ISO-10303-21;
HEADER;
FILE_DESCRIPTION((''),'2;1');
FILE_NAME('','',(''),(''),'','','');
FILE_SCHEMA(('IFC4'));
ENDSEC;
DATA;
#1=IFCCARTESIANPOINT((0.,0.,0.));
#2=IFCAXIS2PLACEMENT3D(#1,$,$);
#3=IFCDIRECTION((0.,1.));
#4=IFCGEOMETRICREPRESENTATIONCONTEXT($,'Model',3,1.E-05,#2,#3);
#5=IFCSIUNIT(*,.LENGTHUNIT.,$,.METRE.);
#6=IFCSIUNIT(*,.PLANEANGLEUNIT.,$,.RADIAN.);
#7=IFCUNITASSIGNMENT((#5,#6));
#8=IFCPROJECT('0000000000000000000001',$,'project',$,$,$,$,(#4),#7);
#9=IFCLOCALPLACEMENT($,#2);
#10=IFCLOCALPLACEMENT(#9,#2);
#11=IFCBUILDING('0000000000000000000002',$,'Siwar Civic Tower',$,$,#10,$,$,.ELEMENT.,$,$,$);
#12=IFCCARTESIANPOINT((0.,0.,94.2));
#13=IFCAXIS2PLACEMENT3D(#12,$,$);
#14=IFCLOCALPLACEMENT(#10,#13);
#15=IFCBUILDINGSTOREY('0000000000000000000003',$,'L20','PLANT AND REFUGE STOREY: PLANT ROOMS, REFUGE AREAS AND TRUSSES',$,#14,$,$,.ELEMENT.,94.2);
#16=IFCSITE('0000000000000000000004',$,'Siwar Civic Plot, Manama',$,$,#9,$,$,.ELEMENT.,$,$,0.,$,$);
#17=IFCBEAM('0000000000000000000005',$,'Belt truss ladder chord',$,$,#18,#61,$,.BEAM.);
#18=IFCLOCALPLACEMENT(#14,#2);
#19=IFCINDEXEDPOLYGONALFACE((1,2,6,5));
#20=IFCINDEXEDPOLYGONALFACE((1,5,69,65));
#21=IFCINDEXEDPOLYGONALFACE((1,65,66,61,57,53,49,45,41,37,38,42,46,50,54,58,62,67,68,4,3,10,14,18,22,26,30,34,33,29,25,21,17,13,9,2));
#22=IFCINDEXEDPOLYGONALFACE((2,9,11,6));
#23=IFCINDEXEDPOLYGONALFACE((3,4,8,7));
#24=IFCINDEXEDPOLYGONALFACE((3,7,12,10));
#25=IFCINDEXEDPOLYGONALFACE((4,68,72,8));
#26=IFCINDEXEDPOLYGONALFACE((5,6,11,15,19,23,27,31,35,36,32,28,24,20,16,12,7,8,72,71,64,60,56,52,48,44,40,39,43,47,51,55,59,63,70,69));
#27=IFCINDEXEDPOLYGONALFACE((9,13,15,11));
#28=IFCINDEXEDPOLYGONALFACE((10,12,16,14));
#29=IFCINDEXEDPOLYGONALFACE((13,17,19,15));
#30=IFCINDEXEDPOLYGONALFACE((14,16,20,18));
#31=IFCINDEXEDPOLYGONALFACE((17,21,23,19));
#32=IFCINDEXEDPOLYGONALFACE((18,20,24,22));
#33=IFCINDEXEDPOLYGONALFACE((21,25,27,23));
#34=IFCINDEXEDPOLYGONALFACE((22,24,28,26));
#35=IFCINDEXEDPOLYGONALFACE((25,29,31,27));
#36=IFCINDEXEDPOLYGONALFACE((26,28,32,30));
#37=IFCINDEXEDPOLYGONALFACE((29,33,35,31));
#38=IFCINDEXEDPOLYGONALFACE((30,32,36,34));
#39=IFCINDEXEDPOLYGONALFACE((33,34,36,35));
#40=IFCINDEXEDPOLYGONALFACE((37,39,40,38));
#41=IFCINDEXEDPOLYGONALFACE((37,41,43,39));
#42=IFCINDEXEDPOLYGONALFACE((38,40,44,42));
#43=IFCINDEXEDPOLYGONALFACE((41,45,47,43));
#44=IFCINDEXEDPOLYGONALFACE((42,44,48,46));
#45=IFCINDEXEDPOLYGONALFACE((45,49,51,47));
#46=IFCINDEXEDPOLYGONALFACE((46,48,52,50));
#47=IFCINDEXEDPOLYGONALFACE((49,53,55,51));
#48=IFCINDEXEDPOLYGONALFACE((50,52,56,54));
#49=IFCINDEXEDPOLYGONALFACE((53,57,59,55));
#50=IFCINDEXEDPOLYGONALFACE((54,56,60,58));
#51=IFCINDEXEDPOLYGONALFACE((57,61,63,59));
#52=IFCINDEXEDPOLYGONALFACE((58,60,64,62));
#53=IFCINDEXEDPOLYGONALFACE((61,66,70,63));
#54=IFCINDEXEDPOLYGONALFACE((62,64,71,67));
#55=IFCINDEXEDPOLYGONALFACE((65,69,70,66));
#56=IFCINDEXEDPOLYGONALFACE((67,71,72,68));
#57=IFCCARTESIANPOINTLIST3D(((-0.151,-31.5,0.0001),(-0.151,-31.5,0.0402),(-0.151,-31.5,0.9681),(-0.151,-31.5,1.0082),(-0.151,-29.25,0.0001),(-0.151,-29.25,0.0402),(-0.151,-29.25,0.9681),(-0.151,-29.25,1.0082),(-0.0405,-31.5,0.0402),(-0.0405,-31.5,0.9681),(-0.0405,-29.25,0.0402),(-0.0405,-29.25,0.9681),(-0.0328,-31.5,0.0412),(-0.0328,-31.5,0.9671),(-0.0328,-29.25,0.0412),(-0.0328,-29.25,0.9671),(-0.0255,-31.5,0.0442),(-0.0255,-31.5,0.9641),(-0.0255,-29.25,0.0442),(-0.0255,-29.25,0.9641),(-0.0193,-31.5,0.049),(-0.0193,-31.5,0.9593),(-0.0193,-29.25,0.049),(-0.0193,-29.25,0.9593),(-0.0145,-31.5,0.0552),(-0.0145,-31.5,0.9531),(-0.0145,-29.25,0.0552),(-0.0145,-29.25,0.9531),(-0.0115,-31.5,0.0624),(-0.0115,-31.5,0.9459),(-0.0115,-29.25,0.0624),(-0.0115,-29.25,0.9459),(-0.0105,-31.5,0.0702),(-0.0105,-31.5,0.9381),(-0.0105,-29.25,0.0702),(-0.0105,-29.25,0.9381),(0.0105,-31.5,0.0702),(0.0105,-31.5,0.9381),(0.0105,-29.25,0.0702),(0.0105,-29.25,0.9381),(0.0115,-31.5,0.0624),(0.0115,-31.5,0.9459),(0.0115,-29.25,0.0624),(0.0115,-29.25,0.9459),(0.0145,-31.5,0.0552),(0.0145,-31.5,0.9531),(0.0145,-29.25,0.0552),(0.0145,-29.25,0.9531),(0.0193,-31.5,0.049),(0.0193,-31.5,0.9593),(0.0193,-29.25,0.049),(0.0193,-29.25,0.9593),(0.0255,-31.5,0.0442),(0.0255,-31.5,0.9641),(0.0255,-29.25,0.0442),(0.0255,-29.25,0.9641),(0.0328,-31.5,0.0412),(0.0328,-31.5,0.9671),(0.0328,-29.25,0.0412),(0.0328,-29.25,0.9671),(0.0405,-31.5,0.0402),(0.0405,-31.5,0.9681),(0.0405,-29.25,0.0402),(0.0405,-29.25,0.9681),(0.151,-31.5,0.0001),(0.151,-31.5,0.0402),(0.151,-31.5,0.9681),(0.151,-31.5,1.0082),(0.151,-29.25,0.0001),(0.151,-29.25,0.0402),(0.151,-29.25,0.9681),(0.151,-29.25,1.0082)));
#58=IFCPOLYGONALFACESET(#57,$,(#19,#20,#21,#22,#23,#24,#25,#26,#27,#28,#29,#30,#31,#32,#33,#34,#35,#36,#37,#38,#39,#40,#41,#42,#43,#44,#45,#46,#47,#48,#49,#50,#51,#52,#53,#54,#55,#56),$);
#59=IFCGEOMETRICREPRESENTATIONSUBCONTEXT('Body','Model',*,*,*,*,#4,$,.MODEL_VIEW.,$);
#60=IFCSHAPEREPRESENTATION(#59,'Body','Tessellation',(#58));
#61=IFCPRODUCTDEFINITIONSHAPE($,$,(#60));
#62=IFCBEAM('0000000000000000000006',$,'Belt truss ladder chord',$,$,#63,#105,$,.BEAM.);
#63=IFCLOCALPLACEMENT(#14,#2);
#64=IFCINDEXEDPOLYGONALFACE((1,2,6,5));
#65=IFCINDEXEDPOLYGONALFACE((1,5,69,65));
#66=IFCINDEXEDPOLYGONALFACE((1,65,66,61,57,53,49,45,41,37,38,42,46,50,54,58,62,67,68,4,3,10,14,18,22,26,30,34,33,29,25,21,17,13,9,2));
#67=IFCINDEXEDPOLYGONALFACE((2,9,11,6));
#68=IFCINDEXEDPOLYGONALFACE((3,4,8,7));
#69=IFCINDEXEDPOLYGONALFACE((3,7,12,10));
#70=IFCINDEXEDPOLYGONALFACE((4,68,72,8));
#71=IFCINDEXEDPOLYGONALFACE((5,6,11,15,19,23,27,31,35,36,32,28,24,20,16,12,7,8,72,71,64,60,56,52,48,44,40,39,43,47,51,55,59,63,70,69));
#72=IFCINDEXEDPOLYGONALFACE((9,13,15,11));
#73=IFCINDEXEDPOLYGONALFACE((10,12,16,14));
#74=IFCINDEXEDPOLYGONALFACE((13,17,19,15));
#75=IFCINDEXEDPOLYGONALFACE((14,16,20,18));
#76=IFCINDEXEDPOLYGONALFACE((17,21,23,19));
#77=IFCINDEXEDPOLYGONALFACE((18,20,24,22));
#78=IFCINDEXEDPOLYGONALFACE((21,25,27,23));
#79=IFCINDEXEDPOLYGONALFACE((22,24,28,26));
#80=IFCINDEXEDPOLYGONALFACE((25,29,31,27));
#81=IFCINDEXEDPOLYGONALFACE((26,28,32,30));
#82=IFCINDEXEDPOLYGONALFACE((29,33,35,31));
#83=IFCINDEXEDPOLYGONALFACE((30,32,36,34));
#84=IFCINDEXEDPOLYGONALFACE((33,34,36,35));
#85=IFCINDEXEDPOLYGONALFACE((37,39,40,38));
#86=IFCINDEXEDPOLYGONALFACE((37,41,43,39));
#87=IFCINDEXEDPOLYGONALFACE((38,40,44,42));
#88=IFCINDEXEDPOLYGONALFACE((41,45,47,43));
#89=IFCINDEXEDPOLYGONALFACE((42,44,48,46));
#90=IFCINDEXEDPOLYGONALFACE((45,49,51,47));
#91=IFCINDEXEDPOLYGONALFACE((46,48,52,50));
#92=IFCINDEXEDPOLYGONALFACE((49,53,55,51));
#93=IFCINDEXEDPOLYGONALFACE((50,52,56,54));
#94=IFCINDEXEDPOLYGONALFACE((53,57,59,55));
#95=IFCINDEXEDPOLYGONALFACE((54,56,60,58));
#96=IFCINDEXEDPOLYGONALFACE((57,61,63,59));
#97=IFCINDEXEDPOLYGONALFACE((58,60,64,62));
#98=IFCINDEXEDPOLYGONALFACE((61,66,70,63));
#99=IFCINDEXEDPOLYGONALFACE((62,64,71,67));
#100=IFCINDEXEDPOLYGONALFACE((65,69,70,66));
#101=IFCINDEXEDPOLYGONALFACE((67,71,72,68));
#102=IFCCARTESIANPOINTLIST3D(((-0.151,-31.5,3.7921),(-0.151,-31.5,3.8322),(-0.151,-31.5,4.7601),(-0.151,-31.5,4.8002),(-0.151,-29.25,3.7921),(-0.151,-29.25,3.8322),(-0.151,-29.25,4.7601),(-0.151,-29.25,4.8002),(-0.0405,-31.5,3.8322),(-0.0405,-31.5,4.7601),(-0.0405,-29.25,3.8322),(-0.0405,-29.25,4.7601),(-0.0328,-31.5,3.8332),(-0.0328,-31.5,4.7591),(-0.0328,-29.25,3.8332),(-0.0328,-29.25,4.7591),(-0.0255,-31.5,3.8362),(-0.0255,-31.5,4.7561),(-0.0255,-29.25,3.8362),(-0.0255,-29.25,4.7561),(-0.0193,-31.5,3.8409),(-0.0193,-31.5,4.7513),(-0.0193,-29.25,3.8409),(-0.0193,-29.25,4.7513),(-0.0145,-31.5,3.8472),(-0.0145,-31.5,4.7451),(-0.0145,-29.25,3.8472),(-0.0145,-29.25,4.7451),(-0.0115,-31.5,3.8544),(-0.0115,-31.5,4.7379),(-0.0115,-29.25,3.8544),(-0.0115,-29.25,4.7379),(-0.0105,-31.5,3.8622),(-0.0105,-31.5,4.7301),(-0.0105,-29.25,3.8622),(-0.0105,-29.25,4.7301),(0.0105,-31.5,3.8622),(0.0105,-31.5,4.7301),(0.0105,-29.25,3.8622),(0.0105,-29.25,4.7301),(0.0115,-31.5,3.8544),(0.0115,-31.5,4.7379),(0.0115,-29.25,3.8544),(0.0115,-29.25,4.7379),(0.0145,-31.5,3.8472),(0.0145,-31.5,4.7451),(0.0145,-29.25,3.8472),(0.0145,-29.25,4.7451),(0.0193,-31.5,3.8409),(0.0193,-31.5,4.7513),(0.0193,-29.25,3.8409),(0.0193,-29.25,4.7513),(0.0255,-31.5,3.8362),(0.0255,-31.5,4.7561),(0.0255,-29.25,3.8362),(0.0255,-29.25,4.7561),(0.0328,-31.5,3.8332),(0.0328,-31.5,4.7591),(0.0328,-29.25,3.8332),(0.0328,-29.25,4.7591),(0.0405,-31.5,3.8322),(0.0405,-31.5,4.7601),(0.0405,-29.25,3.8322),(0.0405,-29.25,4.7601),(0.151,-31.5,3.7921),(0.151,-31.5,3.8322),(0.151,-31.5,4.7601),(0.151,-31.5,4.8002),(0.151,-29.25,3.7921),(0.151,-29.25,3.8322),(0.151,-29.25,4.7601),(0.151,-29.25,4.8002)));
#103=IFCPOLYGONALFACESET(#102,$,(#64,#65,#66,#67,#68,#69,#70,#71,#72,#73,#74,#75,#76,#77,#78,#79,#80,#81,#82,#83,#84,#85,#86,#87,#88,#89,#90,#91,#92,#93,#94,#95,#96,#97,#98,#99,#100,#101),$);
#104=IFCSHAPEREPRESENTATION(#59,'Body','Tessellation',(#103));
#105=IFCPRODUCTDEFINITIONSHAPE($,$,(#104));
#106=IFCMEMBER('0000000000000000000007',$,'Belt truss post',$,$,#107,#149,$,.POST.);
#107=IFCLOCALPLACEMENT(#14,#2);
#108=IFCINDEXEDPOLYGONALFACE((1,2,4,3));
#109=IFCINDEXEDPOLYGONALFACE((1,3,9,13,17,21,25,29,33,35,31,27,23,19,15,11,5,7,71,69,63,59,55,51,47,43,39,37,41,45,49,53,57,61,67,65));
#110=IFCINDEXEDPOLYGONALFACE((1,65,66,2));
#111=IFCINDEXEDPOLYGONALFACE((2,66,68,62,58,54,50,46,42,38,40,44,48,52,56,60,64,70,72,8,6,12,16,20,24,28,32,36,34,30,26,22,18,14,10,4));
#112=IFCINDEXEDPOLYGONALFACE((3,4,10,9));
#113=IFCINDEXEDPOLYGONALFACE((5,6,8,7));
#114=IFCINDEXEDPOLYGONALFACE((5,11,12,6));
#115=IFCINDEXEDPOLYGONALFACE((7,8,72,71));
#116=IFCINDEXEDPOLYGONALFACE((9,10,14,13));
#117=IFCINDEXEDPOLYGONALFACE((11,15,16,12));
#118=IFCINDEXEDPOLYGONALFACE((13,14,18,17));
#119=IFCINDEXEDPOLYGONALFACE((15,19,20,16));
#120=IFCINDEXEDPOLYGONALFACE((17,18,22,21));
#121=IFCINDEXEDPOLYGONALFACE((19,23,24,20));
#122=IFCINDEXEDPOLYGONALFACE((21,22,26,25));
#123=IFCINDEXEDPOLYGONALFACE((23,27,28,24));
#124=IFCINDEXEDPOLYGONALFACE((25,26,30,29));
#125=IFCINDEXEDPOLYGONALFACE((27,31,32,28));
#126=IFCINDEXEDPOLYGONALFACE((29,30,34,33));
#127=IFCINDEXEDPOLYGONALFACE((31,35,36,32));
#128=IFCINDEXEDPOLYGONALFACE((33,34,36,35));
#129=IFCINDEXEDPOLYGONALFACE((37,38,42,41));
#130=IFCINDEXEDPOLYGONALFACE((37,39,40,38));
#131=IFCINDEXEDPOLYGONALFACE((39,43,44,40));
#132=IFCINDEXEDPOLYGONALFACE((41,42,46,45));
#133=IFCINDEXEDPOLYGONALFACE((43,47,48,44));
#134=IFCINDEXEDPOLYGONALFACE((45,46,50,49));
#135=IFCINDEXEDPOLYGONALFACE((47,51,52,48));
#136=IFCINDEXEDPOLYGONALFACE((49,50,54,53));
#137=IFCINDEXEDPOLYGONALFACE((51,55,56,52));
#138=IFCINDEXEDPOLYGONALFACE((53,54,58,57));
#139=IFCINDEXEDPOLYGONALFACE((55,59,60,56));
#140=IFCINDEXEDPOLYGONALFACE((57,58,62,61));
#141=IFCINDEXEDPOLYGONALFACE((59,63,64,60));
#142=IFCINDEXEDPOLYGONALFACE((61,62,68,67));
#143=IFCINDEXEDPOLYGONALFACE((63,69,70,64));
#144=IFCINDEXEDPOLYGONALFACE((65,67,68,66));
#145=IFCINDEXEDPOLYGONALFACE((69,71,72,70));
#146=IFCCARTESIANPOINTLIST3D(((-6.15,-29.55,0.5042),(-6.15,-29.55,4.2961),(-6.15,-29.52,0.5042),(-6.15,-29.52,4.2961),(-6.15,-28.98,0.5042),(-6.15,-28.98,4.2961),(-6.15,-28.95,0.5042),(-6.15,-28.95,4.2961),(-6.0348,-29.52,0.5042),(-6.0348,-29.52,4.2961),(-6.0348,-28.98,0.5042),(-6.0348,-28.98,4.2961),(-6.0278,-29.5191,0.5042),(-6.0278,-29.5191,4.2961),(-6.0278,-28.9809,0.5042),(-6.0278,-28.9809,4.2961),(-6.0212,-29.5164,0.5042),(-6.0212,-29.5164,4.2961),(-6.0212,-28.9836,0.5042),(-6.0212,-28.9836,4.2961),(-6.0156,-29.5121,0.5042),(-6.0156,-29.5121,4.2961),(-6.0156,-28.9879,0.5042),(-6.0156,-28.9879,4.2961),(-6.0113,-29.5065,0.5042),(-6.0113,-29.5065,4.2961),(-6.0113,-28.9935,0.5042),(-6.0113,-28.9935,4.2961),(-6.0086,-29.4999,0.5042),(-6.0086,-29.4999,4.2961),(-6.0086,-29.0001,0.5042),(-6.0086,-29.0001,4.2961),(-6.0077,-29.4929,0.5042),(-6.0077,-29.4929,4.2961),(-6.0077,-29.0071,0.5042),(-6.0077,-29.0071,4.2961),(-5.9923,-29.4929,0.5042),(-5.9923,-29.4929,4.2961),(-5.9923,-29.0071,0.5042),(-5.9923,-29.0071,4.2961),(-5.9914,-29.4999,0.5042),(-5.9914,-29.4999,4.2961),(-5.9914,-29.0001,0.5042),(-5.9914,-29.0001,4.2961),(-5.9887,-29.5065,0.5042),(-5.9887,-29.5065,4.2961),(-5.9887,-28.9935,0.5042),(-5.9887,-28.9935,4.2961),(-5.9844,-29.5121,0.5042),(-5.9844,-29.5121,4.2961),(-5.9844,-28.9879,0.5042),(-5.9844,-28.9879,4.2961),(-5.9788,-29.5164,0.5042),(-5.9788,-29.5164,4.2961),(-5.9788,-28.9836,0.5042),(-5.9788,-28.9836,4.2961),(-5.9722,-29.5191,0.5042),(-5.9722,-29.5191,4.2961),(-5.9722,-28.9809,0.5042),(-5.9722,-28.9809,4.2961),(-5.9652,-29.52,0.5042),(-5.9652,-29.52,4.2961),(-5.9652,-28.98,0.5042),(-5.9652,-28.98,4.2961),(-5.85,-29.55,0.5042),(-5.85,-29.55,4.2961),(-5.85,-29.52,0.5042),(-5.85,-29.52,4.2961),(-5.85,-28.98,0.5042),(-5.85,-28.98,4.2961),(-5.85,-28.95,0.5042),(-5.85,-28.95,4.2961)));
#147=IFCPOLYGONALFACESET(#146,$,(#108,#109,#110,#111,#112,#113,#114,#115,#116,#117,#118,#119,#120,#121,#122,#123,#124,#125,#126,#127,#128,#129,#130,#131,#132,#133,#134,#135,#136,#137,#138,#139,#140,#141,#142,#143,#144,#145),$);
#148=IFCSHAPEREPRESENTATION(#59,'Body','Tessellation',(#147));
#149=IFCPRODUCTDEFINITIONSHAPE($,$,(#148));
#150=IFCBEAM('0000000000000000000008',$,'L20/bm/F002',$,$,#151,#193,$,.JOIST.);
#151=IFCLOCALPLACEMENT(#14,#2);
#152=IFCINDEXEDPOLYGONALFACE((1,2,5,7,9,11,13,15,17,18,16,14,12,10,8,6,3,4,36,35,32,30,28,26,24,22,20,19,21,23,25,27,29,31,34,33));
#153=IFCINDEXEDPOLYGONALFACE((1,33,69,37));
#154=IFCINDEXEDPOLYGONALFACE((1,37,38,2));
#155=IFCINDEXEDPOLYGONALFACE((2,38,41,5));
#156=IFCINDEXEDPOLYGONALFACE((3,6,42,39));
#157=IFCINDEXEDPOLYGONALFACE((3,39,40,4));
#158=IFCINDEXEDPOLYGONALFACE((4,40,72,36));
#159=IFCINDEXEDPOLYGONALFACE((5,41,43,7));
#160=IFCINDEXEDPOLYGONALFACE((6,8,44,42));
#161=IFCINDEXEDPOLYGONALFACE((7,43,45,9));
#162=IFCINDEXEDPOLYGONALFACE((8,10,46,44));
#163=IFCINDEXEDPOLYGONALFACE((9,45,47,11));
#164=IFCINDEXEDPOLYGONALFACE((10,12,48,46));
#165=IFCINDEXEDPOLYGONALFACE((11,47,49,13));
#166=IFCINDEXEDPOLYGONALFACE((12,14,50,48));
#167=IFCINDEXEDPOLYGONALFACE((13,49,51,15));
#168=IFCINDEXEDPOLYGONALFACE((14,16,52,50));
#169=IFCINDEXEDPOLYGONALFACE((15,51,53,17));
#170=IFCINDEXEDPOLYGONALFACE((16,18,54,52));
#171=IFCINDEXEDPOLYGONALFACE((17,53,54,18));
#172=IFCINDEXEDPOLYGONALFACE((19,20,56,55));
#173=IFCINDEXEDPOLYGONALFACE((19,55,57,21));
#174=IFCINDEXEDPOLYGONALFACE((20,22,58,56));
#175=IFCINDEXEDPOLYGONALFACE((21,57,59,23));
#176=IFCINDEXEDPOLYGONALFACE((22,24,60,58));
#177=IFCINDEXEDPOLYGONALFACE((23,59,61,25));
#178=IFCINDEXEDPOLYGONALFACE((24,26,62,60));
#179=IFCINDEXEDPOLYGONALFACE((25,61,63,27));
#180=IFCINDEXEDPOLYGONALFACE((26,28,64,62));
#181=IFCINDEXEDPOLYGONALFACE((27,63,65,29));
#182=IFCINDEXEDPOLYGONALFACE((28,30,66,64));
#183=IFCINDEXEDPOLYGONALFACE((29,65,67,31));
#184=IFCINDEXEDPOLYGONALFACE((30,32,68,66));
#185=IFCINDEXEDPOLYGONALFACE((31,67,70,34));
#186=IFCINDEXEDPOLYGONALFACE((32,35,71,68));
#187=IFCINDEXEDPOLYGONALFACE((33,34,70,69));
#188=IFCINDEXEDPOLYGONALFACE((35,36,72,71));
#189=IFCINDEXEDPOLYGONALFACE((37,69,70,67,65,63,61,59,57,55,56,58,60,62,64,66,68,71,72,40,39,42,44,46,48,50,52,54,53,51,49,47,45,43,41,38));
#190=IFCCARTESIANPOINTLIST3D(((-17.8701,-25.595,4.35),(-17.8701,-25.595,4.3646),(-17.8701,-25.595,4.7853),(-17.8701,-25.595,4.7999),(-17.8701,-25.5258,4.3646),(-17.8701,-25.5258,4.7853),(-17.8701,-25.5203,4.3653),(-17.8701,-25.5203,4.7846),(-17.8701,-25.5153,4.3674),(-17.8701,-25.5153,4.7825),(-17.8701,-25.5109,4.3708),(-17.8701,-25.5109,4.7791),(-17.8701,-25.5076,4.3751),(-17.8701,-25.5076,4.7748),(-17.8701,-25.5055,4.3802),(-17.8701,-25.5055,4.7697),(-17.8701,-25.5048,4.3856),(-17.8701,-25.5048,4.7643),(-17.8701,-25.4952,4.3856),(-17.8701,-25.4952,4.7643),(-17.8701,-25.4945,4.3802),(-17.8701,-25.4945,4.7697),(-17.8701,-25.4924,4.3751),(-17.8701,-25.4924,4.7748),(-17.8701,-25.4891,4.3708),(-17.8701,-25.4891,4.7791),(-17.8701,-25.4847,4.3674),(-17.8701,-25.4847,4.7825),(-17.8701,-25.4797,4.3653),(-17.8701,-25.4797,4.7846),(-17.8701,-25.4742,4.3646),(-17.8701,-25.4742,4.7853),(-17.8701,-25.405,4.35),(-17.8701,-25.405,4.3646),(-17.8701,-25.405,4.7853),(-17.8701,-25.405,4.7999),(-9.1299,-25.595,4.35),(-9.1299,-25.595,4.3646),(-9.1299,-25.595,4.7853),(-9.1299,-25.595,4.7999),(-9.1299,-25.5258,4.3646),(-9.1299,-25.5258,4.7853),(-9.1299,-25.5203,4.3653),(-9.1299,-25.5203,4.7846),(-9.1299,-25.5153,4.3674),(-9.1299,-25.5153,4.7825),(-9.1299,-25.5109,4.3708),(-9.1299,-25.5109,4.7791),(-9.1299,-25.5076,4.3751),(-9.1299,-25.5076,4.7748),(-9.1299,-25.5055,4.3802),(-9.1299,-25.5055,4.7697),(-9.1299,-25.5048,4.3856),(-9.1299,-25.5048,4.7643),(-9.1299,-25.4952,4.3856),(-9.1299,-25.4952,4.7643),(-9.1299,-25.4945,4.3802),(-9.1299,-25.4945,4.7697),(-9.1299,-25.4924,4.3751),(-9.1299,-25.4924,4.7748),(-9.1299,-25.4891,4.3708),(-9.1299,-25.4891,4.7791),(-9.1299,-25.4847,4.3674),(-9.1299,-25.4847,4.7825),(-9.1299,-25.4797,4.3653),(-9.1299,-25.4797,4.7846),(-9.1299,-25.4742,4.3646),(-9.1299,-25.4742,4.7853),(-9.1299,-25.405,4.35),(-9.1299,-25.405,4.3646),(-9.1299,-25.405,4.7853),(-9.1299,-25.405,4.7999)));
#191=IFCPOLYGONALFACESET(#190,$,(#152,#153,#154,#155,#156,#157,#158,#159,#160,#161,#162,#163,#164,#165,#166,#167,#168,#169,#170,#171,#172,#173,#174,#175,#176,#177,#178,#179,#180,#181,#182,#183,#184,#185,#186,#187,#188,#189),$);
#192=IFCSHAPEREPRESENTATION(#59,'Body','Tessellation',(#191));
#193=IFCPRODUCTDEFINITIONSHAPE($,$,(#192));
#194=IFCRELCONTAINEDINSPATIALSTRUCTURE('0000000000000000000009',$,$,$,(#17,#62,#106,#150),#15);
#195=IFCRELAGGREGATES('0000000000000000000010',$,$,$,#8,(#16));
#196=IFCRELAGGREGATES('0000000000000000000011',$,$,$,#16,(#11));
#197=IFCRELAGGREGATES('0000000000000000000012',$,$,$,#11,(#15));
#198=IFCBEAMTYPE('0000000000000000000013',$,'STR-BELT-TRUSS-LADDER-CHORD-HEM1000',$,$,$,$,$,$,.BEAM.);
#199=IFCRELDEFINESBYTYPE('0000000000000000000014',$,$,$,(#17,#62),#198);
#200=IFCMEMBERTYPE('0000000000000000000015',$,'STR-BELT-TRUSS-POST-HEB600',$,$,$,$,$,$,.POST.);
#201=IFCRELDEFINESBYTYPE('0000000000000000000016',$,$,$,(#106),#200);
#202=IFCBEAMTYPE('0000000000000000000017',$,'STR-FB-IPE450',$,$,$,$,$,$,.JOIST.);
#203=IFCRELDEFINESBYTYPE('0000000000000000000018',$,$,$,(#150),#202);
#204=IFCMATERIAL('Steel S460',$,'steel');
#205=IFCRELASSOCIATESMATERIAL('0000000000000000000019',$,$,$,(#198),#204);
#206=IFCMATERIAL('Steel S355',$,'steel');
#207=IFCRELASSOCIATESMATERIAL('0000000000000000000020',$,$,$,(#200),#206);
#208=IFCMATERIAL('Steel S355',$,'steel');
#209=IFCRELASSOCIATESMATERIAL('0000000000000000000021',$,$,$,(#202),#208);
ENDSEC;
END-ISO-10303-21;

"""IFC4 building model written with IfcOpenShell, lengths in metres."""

from ifc_helpers import new_model, si_unit, direction, frame, origin, origin_2d, place, context, subcontext, project, spatial, i_section, extrude, material, material_profile, profile_set, type_object, element, save


model = new_model("IFC4")

# Units and contexts
model_context = context("Model", 3, precision=1e-05, world=origin(), true_north=direction((0.0, 1.0)))
body_context = subcontext(model_context, "Body", "Model", "MODEL_VIEW")
ifc_project = project(units=[si_unit("LENGTHUNIT", "METRE"), si_unit("PLANEANGLEUNIT", "RADIAN")], contexts=[model_context])

# Site, building, storey
site_placement = place(None, origin())
site = spatial("IfcSite", under=ifc_project, at=site_placement, Name="Siwar Civic Plot, Manama", CompositionType="ELEMENT", RefElevation=0.0)
building_placement = place(site_placement, origin())
building = spatial("IfcBuilding", under=site, at=building_placement, Name="Siwar Civic Tower", CompositionType="ELEMENT")
storey_placement = place(building_placement, frame((0.0, 0.0, 94.2)))
storey = spatial("IfcBuildingStorey", under=building, at=storey_placement, Name="L20", Description="PLANT AND REFUGE STOREY: PLANT ROOMS, REFUGE AREAS AND TRUSSES", CompositionType="ELEMENT", Elevation=94.2)

# Beams
ifc_material_1 = material(Name="Steel S460", Category="steel")
ifc_material_profile_1 = material_profile(ifc_material_1, i_section(OverallWidth=0.302, OverallDepth=1.0081, WebThickness=0.021, FlangeThickness=0.04, FilletRadius=0.03, at=origin_2d()), Name="HEM1000")
ifc_profile_set_1 = profile_set([ifc_material_profile_1], Name="Steel S460")
beam_type_1 = type_object("IfcBeamType", Name="STR-BELT-TRUSS-LADDER-CHORD-HEM1000", PredefinedType="BEAM", material=ifc_profile_set_1)
for number, where, z_axis, x_axis, name in (
    (1, (0.0, -29.25, 0.5042), (0.0, -1.0, 0.0), (1.0, 0.0, 0.0), "Belt truss ladder chord"),
    (2, (0.0, -29.25, 4.2961), (0.0, -1.0, 0.0), (1.0, 0.0, 0.0), "Belt truss ladder chord"),
):
    element("IfcBeam", number, at=place(storey_placement, frame(where, z_axis=z_axis, x_axis=x_axis)), inside=storey, type_object=beam_type_1, Name=name, PredefinedType="BEAM", context=body_context, shape_type="SweptSolid", body=[
        extrude(i_section(OverallWidth=0.302, OverallDepth=1.0081, WebThickness=0.021, FlangeThickness=0.04, FilletRadius=0.03, at=origin_2d()), origin(), (0.0, 0.0, 1.0), 2.25),
    ])

# Member
ifc_material_2 = material(Name="Steel S355", Category="steel")
ifc_material_profile_2 = material_profile(ifc_material_2, i_section(OverallWidth=0.3, OverallDepth=0.6001, WebThickness=0.0154, FlangeThickness=0.03, FilletRadius=0.0271, at=origin_2d()), Name="HEB600")
ifc_profile_set_2 = profile_set([ifc_material_profile_2], Name="Steel S355")
member_type_1 = type_object("IfcMemberType", Name="STR-BELT-TRUSS-POST-HEB600", PredefinedType="POST", material=ifc_profile_set_2)
member_1_placement = place(storey_placement, frame((-6.0, -29.25, 0.5042), z_axis=(0.0, 0.0, 1.0), x_axis=(1.0, 0.0, 0.0)))
element("IfcMember", 3, at=member_1_placement, inside=storey, type_object=member_type_1, Name="Belt truss post", PredefinedType="POST", context=body_context, shape_type="SweptSolid", body=[
    extrude(i_section(OverallWidth=0.3, OverallDepth=0.6001, WebThickness=0.0154, FlangeThickness=0.03, FilletRadius=0.0271, at=origin_2d()), origin(), (0.0, 0.0, 1.0), 3.792),
])

# Beam
ifc_material_3 = material(Name="Steel S355", Category="steel")
ifc_material_profile_3 = material_profile(ifc_material_3, i_section(OverallWidth=0.1899, OverallDepth=0.45, WebThickness=0.0095, FlangeThickness=0.0146, FilletRadius=0.021, at=origin_2d()), Name="IPE450")
ifc_profile_set_3 = profile_set([ifc_material_profile_3], Name="Steel S355")
beam_type_2 = type_object("IfcBeamType", Name="STR-FB-IPE450", PredefinedType="JOIST", material=ifc_profile_set_3)
beam_1_placement = place(storey_placement, frame((-17.8701, -25.5, 4.575), z_axis=(1.0, 0.0, 0.0), x_axis=(0.0, 1.0, 0.0)))
element("IfcBeam", 4, at=beam_1_placement, inside=storey, type_object=beam_type_2, Name="L20/bm/F002", PredefinedType="JOIST", context=body_context, shape_type="SweptSolid", body=[
    extrude(i_section(OverallWidth=0.1899, OverallDepth=0.45, WebThickness=0.0095, FlangeThickness=0.0146, FilletRadius=0.021, at=origin_2d()), origin(), (0.0, 0.0, 1.0), 8.7402),
])

save(model, "model.ifc")
